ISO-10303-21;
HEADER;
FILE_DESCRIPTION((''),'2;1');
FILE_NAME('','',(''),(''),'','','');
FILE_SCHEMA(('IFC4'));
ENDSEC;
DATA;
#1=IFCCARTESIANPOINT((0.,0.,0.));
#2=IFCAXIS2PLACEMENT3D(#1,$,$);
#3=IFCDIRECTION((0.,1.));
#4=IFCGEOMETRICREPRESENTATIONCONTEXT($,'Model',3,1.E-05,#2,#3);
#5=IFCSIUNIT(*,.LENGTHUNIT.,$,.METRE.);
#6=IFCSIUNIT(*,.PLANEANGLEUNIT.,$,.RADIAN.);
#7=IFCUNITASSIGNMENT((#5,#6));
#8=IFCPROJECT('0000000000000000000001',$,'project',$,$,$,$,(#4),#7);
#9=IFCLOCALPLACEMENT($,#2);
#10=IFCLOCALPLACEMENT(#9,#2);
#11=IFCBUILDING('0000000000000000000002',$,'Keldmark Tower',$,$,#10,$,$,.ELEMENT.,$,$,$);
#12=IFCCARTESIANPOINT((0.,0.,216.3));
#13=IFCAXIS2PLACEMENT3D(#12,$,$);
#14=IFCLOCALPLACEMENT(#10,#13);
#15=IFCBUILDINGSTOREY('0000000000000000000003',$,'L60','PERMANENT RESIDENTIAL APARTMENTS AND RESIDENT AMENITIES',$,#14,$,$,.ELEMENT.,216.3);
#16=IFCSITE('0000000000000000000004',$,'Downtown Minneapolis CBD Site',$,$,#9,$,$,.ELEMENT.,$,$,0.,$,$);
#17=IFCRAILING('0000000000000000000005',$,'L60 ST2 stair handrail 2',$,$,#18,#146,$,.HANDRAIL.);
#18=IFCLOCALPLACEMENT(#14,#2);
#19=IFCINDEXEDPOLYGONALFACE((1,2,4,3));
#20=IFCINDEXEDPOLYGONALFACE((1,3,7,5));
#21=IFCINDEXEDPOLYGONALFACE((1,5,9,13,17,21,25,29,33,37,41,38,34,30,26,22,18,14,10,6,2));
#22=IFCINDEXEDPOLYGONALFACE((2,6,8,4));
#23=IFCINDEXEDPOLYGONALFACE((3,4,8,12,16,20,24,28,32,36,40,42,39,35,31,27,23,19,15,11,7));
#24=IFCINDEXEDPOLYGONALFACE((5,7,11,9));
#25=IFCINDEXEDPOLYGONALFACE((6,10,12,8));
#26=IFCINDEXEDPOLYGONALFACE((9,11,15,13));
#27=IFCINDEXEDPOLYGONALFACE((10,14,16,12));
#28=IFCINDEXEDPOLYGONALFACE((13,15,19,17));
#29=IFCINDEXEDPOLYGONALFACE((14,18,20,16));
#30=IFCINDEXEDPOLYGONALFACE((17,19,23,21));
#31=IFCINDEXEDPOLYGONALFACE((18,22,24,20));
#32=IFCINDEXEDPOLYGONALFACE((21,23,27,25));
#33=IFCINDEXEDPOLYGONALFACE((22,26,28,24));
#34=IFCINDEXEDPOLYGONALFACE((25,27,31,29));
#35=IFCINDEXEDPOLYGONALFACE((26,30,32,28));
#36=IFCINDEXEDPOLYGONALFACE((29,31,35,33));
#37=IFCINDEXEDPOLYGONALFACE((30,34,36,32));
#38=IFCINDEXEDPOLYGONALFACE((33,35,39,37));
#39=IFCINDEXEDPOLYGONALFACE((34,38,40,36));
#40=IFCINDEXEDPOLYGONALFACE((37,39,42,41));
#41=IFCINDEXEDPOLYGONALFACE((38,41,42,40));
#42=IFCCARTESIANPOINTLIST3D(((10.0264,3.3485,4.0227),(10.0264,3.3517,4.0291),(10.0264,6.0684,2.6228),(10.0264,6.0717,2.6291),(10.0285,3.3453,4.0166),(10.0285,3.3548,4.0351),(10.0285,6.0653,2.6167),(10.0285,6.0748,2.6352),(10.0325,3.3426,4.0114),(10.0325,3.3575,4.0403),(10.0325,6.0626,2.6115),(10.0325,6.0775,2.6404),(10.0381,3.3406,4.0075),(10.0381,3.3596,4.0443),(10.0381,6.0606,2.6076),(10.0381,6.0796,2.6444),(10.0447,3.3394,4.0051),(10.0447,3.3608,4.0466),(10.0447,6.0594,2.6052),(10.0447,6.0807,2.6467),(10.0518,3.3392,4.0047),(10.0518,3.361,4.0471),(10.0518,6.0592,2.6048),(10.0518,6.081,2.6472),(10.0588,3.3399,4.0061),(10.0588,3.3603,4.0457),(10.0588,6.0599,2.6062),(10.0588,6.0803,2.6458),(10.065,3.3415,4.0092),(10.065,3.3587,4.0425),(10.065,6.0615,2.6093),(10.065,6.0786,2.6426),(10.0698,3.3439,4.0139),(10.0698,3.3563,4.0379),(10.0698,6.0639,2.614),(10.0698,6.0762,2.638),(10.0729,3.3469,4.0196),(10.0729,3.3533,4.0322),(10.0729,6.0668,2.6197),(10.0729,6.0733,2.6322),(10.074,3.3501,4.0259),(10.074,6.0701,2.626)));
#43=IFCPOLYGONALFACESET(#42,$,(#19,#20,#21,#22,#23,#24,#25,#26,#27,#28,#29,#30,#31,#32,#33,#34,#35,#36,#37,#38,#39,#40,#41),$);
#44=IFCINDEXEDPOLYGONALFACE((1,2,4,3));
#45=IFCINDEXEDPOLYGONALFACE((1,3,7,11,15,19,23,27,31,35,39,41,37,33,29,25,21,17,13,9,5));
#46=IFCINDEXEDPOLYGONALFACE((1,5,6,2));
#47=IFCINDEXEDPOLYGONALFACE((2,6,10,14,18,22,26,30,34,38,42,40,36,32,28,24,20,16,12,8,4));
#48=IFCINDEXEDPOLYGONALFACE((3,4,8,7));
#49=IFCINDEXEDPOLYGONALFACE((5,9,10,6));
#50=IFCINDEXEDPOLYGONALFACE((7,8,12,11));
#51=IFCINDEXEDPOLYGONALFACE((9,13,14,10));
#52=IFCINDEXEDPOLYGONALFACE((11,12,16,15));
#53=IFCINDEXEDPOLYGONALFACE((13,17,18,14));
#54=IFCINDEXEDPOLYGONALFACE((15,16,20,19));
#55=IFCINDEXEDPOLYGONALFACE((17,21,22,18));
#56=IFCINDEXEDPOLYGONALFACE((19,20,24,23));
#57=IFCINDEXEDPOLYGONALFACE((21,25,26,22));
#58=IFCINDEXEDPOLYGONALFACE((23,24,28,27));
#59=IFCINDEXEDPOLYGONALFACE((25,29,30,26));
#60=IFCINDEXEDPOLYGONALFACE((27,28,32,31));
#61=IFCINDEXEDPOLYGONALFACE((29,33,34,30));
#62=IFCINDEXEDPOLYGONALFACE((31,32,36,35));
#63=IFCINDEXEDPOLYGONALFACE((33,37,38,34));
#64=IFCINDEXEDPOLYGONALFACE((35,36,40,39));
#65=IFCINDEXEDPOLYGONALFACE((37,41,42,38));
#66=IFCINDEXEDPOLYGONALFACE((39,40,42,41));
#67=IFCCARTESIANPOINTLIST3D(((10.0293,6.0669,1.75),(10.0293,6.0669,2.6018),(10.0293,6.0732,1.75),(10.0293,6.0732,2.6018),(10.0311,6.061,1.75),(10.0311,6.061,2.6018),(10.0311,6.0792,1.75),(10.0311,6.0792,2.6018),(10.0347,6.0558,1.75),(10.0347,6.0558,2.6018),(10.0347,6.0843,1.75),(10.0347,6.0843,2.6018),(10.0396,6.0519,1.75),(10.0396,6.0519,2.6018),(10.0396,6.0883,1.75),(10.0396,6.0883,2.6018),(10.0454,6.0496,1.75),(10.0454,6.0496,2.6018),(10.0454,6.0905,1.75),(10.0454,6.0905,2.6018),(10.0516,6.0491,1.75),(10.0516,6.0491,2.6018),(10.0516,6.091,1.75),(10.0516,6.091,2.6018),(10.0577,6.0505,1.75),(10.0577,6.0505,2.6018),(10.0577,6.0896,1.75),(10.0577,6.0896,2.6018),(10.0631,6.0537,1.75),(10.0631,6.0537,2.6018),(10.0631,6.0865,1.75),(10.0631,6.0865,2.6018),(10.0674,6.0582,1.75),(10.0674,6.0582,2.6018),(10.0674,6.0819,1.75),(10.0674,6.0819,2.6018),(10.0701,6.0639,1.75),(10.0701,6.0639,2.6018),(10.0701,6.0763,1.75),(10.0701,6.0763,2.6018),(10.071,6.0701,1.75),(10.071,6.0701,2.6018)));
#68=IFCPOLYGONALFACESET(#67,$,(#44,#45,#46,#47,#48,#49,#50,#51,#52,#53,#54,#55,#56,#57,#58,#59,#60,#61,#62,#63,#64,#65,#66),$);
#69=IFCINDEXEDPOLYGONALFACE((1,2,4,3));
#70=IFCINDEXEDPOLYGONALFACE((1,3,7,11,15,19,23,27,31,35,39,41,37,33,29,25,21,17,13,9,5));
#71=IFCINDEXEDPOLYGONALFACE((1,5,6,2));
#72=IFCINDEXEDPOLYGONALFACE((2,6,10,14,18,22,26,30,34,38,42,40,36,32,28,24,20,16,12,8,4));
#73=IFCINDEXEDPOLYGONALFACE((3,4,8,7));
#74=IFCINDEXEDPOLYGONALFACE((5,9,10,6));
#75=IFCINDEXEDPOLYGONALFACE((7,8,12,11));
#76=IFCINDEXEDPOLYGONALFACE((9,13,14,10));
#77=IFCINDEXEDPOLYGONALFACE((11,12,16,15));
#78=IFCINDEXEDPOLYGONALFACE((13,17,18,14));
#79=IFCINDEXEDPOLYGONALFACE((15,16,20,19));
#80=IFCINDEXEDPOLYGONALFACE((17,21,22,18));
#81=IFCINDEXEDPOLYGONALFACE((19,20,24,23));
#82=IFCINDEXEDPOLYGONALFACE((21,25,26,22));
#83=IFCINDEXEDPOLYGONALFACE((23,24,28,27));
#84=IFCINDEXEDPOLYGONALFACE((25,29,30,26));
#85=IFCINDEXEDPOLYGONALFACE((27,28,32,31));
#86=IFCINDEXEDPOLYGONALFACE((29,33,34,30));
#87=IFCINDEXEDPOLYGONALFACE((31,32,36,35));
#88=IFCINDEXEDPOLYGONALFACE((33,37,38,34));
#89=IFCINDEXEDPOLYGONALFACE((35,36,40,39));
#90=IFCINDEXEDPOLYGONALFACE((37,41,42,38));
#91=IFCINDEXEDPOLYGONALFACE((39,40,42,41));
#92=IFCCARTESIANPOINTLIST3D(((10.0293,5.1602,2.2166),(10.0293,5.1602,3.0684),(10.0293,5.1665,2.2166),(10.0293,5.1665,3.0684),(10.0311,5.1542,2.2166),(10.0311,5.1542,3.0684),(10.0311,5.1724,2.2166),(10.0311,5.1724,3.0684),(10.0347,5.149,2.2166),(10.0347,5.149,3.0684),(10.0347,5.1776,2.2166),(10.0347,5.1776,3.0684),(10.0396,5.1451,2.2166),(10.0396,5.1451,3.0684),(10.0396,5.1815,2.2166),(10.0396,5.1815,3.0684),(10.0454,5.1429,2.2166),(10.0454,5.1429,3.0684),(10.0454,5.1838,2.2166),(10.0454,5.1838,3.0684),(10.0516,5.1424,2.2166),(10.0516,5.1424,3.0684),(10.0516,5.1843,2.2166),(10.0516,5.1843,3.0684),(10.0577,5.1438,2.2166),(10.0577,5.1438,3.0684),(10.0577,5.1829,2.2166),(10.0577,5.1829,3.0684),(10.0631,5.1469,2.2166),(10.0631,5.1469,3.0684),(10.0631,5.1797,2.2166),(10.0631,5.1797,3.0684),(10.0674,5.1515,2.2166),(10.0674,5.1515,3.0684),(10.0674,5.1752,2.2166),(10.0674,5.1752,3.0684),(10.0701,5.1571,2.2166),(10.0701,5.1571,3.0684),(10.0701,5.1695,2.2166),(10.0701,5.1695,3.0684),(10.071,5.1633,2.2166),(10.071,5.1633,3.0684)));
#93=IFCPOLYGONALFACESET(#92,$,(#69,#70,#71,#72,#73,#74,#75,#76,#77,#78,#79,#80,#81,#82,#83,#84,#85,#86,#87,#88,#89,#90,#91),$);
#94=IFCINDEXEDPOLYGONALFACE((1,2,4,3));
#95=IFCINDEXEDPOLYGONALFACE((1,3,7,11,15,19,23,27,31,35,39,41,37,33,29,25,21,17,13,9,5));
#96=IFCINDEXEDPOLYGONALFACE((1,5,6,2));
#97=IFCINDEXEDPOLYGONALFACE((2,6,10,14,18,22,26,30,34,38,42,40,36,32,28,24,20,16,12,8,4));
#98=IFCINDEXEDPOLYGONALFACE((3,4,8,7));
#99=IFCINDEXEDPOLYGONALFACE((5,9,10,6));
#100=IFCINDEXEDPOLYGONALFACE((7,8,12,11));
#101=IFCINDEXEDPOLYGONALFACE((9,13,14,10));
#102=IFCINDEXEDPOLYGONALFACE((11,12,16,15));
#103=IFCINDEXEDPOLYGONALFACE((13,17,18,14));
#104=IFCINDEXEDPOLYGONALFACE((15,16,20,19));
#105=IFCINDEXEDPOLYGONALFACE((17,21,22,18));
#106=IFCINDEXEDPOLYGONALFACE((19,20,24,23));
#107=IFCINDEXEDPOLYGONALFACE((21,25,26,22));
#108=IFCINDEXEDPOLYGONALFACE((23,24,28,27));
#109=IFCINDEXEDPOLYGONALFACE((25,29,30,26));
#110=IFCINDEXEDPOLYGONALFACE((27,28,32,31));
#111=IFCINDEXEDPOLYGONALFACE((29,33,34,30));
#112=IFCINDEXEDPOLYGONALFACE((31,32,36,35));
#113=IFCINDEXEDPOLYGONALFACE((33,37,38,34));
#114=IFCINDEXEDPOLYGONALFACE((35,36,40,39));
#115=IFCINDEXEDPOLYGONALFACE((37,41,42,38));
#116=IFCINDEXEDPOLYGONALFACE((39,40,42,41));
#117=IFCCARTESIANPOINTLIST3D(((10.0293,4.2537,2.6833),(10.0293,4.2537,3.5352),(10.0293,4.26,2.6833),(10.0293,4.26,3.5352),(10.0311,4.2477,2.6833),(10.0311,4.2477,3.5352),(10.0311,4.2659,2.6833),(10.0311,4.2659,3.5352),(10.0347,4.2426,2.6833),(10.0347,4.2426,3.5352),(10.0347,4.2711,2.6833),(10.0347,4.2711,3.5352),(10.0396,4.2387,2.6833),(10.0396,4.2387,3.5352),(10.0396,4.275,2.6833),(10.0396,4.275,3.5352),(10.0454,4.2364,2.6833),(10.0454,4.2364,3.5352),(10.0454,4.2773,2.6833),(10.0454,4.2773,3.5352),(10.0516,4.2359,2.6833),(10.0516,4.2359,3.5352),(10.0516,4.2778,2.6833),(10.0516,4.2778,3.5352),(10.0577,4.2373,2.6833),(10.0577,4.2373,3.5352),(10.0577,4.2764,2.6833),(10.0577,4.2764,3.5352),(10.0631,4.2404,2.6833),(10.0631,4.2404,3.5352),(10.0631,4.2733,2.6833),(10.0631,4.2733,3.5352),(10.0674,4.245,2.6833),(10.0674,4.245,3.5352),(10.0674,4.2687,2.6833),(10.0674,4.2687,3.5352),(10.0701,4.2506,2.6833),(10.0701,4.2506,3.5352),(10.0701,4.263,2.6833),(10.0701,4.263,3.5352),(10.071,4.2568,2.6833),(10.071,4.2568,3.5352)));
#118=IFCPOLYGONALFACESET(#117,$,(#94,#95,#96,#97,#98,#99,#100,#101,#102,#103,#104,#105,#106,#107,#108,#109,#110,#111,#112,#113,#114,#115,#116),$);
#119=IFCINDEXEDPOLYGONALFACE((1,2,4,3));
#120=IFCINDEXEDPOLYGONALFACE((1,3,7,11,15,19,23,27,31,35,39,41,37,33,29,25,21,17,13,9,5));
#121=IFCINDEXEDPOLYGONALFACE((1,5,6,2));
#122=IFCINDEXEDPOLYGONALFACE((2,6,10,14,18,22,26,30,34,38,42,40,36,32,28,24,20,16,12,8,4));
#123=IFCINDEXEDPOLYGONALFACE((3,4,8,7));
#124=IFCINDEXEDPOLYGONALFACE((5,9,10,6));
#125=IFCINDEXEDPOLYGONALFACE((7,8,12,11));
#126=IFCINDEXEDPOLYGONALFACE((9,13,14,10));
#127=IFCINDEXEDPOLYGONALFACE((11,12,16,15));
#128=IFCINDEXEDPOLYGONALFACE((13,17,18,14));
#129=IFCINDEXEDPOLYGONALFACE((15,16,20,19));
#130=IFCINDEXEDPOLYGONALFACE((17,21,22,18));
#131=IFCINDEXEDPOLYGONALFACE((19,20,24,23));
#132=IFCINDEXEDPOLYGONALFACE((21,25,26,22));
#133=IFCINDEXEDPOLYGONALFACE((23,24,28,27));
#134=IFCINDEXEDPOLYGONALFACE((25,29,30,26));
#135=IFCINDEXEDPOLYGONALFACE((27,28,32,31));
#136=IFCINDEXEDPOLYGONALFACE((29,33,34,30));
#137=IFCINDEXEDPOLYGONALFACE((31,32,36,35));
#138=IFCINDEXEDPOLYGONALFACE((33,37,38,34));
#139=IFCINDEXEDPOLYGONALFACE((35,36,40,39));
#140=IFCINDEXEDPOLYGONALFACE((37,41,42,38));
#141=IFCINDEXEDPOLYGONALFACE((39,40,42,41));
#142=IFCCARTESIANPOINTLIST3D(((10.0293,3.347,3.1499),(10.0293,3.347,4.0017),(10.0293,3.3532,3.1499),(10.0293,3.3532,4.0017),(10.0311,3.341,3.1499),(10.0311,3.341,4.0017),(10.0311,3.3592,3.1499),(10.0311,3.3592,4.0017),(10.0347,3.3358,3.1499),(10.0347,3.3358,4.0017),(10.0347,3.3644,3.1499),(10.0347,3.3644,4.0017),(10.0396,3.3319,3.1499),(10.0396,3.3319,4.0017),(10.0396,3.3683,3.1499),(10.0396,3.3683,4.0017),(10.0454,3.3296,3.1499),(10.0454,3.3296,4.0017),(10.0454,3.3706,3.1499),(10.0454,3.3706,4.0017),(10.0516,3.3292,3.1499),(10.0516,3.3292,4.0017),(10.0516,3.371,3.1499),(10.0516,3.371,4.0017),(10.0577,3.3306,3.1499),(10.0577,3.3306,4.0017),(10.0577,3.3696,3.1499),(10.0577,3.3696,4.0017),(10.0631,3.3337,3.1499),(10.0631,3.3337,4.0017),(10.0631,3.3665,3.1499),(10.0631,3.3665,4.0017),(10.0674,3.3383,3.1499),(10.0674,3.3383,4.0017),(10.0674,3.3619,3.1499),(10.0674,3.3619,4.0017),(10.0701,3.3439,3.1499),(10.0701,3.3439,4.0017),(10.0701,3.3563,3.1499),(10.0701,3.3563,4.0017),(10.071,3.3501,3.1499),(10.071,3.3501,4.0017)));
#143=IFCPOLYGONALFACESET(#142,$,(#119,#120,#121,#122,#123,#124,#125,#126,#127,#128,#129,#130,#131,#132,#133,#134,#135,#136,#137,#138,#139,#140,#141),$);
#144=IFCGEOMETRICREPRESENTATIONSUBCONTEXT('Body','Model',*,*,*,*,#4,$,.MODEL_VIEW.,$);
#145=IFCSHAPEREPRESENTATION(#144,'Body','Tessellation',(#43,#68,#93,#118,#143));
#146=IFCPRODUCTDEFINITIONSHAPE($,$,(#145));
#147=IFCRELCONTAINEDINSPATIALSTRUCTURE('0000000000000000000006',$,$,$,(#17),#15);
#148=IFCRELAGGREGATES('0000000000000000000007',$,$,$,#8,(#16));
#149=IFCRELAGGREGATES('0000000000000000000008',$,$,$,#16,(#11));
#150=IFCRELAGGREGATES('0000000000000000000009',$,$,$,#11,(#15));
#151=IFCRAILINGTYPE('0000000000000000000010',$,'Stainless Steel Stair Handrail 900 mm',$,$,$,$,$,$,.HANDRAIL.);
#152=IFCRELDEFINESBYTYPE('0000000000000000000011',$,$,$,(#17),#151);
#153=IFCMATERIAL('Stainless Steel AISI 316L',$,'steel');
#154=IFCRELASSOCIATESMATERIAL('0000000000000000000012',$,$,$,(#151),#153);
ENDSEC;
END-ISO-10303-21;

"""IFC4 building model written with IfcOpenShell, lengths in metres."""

from ifc_helpers import new_model, si_unit, direction, frame, origin, origin_2d, place, context, subcontext, project, spatial, circle, extrude, material, type_object, element, save


model = new_model("IFC4")

# Units and contexts
model_context = context("Model", 3, precision=1e-05, world=origin(), true_north=direction((0.0, 1.0)))
body_context = subcontext(model_context, "Body", "Model", "MODEL_VIEW")
ifc_project = project(units=[si_unit("LENGTHUNIT", "METRE"), si_unit("PLANEANGLEUNIT", "RADIAN")], contexts=[model_context])

# Site, building, storey
site_placement = place(None, origin())
site = spatial("IfcSite", under=ifc_project, at=site_placement, Name="Downtown Minneapolis CBD Site", CompositionType="ELEMENT", RefElevation=0.0)
building_placement = place(site_placement, origin())
building = spatial("IfcBuilding", under=site, at=building_placement, Name="Keldmark Tower", CompositionType="ELEMENT")
storey_placement = place(building_placement, frame((0.0, 0.0, 216.3)))
storey = spatial("IfcBuildingStorey", under=building, at=storey_placement, Name="L60", Description="PERMANENT RESIDENTIAL APARTMENTS AND RESIDENT AMENITIES", CompositionType="ELEMENT", Elevation=216.3)

# Railing
ifc_material_1 = material(Name="Stainless Steel AISI 316L", Category="steel")
railing_type_1 = type_object("IfcRailingType", Name="Stainless Steel Stair Handrail 900 mm", PredefinedType="HANDRAIL", material=ifc_material_1)
railing_1_placement = place(storey_placement, frame((10.05, 6.0701, 1.75)))
element("IfcRailing", 1, at=railing_1_placement, inside=storey, type_object=railing_type_1, Name="L60 ST2 stair handrail 2", PredefinedType="HANDRAIL", context=body_context, shape_type="SweptSolid", body=[
    extrude(circle(Radius=0.0239, at=origin_2d()), frame((0.0, 0.0, 0.876), z_axis=(0.0, -0.889147, 0.457622), x_axis=(1.0, 0.0, 0.0)), (0.0, 0.0, 1.0), 3.0591),
    extrude(circle(Radius=0.021, at=origin_2d()), origin(), (0.0, 0.0, 1.0), 0.8518),
    extrude(circle(Radius=0.021, at=origin_2d()), frame((0.0, -0.9067, 0.4666)), (0.0, 0.0, 1.0), 0.8518),
    extrude(circle(Radius=0.021, at=origin_2d()), frame((0.0, -1.8132, 0.9333)), (0.0, 0.0, 1.0), 0.8518),
    extrude(circle(Radius=0.021, at=origin_2d()), frame((0.0, -2.72, 1.3999)), (0.0, 0.0, 1.0), 0.8518),
])

save(model, "model.ifc")
